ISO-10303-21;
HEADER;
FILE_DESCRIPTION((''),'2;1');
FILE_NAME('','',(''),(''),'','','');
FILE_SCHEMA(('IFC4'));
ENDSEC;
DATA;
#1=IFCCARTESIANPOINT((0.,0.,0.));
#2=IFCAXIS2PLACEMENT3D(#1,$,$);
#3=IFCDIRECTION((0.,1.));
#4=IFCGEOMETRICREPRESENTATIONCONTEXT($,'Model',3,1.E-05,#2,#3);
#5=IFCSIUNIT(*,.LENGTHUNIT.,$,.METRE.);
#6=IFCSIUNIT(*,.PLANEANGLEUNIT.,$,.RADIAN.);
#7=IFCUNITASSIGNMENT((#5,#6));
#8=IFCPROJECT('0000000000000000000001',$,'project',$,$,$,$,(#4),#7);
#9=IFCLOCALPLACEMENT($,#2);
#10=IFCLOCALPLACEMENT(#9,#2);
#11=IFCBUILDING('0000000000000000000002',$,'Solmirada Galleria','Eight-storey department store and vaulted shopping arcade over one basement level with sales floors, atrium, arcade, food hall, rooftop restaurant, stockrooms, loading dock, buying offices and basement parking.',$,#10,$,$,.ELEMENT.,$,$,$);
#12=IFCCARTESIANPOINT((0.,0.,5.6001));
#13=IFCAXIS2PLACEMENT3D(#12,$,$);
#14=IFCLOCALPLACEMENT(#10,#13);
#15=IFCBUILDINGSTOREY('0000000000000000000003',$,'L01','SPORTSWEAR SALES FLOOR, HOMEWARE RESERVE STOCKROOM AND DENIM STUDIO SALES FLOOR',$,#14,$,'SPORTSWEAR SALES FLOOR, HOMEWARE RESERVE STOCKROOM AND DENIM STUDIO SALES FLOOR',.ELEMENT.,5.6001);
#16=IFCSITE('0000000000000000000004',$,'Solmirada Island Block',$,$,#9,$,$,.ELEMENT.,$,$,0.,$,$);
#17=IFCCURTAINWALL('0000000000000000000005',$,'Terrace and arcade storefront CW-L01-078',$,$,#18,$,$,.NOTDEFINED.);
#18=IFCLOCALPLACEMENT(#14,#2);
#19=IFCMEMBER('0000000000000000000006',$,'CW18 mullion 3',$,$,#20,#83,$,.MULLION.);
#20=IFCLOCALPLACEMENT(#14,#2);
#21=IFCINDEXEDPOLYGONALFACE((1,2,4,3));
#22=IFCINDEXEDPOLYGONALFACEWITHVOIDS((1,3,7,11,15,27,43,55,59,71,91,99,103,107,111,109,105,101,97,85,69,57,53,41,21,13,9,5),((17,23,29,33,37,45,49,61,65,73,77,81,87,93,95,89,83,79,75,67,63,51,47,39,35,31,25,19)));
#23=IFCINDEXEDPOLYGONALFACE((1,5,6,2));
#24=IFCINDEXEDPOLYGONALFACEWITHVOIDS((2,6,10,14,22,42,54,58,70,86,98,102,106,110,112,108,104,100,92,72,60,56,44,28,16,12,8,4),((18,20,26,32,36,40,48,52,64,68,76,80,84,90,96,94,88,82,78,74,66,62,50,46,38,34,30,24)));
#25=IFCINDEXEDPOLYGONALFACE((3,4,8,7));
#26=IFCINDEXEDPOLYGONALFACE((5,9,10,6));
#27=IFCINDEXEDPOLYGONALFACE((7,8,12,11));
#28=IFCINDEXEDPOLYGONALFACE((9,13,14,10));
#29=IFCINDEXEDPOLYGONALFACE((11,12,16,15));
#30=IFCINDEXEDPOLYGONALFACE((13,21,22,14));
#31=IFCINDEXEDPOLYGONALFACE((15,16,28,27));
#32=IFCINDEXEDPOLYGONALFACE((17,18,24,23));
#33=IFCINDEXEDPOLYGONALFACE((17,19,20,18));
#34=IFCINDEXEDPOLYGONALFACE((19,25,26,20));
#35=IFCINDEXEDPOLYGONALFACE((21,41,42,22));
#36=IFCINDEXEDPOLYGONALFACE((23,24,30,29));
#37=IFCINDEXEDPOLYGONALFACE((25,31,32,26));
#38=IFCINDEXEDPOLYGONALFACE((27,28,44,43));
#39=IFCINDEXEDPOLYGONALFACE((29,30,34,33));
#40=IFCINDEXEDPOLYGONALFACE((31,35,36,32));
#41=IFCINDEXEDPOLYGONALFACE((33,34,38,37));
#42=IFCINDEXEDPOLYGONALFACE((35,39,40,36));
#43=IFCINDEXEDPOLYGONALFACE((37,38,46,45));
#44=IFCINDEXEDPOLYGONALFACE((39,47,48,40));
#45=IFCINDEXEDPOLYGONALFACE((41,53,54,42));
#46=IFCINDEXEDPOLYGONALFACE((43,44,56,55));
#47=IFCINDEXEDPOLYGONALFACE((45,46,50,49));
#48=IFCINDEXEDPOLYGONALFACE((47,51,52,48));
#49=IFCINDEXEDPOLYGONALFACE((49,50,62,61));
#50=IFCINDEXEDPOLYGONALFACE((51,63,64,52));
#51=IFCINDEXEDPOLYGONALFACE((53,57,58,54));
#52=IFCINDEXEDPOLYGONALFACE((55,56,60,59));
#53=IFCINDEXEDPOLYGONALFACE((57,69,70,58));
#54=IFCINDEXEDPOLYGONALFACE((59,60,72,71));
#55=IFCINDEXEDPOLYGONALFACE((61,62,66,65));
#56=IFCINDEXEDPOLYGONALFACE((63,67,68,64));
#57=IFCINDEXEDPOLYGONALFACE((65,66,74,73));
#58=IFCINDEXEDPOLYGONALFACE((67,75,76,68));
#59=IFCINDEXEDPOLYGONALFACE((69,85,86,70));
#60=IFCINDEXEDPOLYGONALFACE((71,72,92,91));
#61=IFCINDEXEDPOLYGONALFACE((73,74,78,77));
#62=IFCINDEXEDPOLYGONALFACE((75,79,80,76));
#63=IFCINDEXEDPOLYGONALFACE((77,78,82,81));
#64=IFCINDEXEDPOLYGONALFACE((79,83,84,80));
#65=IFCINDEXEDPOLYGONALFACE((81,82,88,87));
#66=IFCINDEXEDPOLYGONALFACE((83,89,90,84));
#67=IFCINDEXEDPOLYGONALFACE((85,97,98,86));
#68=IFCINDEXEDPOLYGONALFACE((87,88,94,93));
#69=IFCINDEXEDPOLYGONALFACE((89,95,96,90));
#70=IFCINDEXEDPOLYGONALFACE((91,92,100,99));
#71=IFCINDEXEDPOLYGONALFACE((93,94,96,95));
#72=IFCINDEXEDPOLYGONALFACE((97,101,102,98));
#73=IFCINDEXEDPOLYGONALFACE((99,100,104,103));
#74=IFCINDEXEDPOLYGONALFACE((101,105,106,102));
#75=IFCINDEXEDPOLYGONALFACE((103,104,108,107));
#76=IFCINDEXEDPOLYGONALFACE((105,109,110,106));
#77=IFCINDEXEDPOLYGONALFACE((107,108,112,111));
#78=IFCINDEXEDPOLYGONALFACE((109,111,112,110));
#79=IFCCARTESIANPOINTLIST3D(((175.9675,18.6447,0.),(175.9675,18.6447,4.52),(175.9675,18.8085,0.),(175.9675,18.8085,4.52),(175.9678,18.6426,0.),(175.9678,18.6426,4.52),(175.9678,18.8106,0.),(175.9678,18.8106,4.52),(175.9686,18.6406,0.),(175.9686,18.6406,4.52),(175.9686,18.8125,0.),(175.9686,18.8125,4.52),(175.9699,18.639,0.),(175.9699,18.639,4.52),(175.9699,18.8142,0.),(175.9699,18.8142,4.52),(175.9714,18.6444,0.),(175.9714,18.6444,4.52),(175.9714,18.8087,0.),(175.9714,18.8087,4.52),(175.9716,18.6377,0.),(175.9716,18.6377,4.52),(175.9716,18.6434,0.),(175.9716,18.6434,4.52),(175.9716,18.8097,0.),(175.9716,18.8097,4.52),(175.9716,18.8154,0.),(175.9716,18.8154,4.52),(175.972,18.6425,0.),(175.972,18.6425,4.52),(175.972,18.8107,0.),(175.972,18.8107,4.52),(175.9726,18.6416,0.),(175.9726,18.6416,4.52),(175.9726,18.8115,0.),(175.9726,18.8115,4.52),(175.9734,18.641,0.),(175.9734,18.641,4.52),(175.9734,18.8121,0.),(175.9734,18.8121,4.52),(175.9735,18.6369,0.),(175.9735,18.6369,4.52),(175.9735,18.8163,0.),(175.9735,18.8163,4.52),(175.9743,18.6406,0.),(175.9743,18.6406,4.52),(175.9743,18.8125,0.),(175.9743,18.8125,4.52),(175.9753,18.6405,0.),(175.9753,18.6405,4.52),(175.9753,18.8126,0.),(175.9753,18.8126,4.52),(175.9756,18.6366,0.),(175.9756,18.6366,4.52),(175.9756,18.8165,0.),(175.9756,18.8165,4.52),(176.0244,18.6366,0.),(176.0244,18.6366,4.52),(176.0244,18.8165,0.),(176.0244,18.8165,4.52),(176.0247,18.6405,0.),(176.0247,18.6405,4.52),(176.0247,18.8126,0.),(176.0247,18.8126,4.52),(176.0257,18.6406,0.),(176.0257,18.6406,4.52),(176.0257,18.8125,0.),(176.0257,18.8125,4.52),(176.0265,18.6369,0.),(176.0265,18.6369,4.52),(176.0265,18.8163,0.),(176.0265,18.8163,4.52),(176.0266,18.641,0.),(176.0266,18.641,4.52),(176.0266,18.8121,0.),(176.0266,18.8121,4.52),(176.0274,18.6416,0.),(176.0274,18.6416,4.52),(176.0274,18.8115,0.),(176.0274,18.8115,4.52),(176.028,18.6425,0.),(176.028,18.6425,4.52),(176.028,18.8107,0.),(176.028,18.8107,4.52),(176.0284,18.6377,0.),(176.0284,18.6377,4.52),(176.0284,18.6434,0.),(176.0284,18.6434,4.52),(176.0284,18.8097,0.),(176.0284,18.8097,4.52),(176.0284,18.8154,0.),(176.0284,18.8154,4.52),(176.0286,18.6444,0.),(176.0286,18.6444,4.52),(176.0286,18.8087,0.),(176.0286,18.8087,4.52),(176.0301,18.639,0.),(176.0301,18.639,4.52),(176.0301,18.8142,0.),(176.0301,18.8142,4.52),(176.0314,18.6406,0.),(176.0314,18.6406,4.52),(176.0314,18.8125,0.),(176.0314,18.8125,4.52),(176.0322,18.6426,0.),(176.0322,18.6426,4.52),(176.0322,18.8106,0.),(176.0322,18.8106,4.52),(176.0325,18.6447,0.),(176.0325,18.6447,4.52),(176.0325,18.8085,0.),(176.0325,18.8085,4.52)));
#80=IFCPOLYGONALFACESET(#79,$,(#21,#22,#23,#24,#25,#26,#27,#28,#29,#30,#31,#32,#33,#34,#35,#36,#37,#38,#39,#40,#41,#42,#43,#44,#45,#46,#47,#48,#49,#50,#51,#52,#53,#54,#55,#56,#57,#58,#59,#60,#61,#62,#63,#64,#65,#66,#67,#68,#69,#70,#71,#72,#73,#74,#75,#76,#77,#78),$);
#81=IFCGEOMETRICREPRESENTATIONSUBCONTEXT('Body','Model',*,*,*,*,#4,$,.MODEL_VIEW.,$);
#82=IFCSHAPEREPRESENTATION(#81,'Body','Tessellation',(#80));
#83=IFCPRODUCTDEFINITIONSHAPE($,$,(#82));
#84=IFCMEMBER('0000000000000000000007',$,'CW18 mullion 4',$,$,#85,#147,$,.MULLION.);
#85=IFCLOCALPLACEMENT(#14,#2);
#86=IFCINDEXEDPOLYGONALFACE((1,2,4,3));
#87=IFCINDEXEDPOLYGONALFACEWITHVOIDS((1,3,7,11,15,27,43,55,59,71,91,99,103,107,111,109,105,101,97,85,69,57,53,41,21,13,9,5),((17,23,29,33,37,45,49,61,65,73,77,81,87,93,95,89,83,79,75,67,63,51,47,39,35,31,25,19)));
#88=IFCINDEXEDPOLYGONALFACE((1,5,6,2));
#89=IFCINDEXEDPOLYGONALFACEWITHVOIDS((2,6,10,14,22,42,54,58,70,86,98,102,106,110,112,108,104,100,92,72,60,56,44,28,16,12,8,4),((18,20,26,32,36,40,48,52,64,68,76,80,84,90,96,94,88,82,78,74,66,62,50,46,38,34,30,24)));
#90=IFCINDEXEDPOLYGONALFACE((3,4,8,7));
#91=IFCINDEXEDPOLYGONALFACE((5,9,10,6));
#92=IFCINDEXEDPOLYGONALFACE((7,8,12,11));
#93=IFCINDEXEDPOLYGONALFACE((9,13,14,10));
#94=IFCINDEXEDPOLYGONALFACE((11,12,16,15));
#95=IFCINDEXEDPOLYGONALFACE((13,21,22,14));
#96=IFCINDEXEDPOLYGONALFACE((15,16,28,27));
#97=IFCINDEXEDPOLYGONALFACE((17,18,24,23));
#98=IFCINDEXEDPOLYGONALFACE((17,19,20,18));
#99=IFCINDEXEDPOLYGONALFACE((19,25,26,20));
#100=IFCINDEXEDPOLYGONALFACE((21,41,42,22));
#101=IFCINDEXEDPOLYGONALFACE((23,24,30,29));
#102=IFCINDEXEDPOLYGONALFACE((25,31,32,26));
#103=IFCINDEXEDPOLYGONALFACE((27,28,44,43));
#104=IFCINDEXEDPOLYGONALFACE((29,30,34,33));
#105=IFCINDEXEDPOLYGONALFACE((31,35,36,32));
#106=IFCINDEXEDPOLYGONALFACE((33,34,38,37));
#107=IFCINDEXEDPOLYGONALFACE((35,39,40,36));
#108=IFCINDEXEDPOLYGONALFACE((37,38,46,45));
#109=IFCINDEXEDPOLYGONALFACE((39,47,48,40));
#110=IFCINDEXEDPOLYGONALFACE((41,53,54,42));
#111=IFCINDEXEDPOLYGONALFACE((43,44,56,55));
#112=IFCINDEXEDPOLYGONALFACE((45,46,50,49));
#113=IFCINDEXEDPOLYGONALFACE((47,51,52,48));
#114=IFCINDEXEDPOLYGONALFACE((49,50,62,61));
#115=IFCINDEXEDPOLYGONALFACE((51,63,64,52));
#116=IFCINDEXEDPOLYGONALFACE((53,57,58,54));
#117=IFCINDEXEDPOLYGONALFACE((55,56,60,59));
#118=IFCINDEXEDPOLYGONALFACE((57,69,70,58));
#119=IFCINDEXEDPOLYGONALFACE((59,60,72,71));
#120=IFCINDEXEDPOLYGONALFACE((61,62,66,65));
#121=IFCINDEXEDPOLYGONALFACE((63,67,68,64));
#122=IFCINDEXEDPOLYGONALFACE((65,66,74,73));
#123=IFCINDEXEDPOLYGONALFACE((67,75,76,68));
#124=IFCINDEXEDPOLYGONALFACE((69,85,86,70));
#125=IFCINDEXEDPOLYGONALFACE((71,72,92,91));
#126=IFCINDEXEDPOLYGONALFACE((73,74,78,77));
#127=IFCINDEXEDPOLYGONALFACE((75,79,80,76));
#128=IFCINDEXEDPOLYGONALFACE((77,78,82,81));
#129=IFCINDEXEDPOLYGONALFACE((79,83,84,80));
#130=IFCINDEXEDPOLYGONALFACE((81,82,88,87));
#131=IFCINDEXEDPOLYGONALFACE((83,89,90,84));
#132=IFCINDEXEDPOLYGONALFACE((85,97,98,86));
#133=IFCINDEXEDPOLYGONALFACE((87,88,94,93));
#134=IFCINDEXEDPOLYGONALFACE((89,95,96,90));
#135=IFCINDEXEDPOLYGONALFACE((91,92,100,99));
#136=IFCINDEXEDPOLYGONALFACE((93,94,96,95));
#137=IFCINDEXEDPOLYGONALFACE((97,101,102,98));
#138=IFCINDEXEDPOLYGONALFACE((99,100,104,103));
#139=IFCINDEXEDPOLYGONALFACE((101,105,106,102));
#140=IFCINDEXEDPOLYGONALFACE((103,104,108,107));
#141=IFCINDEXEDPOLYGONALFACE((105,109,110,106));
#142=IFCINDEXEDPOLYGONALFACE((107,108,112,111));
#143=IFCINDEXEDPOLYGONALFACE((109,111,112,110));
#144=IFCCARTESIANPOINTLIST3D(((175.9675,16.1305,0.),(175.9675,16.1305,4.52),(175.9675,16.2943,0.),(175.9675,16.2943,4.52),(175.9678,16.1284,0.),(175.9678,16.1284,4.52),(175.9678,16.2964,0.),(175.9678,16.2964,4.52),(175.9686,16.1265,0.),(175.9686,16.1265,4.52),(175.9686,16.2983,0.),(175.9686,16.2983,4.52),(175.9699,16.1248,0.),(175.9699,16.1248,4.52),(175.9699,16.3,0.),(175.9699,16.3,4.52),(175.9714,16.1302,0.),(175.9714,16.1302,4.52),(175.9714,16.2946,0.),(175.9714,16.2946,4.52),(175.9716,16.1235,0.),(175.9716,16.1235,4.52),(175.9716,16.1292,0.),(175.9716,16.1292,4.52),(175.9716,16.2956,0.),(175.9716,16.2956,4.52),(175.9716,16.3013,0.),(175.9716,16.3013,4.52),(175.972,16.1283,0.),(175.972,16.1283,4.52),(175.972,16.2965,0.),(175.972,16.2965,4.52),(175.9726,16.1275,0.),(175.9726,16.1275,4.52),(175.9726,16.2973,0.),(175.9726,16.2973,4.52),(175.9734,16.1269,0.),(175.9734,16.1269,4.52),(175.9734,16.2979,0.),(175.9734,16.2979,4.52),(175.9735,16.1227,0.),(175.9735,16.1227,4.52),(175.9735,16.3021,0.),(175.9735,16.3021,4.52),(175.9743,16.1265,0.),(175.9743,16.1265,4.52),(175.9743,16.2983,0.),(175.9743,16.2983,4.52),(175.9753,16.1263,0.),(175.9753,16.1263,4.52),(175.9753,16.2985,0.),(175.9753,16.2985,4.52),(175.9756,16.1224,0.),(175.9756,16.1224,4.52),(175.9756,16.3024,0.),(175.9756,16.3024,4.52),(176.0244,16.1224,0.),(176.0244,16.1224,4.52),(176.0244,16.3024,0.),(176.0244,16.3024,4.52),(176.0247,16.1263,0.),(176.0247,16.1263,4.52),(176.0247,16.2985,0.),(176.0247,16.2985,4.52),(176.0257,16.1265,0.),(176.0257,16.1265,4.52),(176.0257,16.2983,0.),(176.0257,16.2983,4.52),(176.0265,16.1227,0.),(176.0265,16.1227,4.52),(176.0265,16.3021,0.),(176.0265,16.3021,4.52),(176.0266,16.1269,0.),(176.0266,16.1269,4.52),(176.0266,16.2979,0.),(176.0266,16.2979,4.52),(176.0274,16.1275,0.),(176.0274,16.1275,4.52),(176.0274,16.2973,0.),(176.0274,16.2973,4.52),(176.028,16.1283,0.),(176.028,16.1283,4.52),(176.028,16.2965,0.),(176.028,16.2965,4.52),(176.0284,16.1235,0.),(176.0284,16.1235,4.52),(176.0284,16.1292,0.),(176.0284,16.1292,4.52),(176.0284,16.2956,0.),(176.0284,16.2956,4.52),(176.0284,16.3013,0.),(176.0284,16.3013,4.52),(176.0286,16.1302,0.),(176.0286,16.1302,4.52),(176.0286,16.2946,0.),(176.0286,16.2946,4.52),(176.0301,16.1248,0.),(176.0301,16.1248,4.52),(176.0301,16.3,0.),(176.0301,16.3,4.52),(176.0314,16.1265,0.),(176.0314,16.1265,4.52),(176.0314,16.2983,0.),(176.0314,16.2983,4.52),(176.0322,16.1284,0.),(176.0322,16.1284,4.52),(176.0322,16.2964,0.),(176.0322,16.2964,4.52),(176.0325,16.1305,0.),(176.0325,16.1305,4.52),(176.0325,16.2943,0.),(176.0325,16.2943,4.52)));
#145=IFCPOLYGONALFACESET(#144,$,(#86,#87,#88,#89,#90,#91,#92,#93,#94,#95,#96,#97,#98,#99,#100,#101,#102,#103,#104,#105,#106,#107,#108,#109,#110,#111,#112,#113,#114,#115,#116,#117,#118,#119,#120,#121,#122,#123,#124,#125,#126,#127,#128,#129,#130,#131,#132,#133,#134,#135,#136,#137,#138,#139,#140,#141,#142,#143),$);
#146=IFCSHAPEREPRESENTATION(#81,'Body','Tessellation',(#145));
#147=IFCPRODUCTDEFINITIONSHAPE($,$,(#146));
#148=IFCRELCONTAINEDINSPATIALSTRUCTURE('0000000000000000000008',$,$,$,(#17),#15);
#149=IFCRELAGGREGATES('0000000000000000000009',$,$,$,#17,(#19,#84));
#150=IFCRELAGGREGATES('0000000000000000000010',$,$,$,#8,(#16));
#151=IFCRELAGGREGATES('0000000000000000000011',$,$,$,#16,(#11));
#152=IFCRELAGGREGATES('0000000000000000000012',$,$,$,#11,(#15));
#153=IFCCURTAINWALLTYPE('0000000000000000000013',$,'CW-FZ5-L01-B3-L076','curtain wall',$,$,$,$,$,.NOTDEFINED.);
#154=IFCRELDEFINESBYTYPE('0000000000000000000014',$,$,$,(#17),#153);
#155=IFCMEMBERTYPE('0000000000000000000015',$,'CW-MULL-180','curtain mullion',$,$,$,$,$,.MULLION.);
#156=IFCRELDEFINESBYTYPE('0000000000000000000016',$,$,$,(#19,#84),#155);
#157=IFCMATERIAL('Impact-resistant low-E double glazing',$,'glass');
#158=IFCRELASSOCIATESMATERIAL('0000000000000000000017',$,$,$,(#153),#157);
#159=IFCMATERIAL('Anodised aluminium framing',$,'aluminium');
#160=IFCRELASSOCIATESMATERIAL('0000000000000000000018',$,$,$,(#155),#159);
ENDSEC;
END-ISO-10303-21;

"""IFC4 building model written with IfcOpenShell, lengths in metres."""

from ifc_helpers import new_model, si_unit, direction, frame, origin, origin_2d, place, context, subcontext, project, spatial, hollow_rectangle, extrude, material, material_profile, profile_set, type_object, element, aggregate, save


model = new_model("IFC4")

# Units and contexts
model_context = context("Model", 3, precision=1e-05, world=origin(), true_north=direction((0.0, 1.0)))
body_context = subcontext(model_context, "Body", "Model", "MODEL_VIEW")
ifc_project = project(units=[si_unit("LENGTHUNIT", "METRE"), si_unit("PLANEANGLEUNIT", "RADIAN")], contexts=[model_context])

# Site, building, storey
site_placement = place(None, origin())
site = spatial("IfcSite", under=ifc_project, at=site_placement, Name="Solmirada Island Block", CompositionType="ELEMENT", RefElevation=0.0)
building_placement = place(site_placement, origin())
building = spatial("IfcBuilding", under=site, at=building_placement, Name="Solmirada Galleria", Description="Eight-storey department store and vaulted shopping arcade over one basement level with sales floors, atrium, arcade, food hall, rooftop restaurant, stockrooms, loading dock, buying offices and basement parking.", CompositionType="ELEMENT")
storey_placement = place(building_placement, frame((0.0, 0.0, 5.6001)))
storey = spatial("IfcBuildingStorey", under=building, at=storey_placement, Name="L01", Description="SPORTSWEAR SALES FLOOR, HOMEWARE RESERVE STOCKROOM AND DENIM STUDIO SALES FLOOR", LongName="SPORTSWEAR SALES FLOOR, HOMEWARE RESERVE STOCKROOM AND DENIM STUDIO SALES FLOOR", CompositionType="ELEMENT", Elevation=5.6001)

# Curtain wall, members
ifc_material_1 = material(Name="Impact-resistant low-E double glazing", Category="glass")
curtain_wall_type = type_object("IfcCurtainWallType", Name="CW-FZ5-L01-B3-L076", Description="curtain wall", PredefinedType="NOTDEFINED", material=ifc_material_1)
curtain_wall_1_placement = place(storey_placement, origin())
curtain_wall_1 = element("IfcCurtainWall", 1, at=curtain_wall_1_placement, inside=storey, type_object=curtain_wall_type, Name="Terrace and arcade storefront CW-L01-078", PredefinedType="NOTDEFINED")
ifc_material_2 = material(Name="Anodised aluminium framing", Category="aluminium")
ifc_material_profile_1 = material_profile(ifc_material_2, hollow_rectangle(XDim=0.0649, YDim=0.1799, WallThickness=0.0039, InnerFilletRadius=0.0039, OuterFilletRadius=0.0081, at=origin_2d()), Name="ALU-MULL-180X65")
ifc_profile_set_1 = profile_set([ifc_material_profile_1], Name="Anodised aluminium framing")
member_type_1 = type_object("IfcMemberType", Name="CW-MULL-180", Description="curtain mullion", PredefinedType="MULLION", material=ifc_profile_set_1)
member_1_placement = place(storey_placement, frame((176.0, 18.7266, 0.0), z_axis=(0.0, 0.0, 1.0), x_axis=(1.0, 0.0, 0.0)))
member_1 = element("IfcMember", 2, at=member_1_placement, type_object=member_type_1, Name="CW18 mullion 3", PredefinedType="MULLION", context=body_context, shape_type="SweptSolid", body=[
    extrude(hollow_rectangle(XDim=0.0649, YDim=0.1799, WallThickness=0.0039, InnerFilletRadius=0.0039, OuterFilletRadius=0.0081, at=origin_2d()), origin(), (0.0, 0.0, 1.0), 4.52),
])
member_2_placement = place(storey_placement, frame((176.0, 16.2124, 0.0), z_axis=(0.0, 0.0, 1.0), x_axis=(1.0, 0.0, 0.0)))
member_2 = element("IfcMember", 3, at=member_2_placement, type_object=member_type_1, Name="CW18 mullion 4", PredefinedType="MULLION", context=body_context, shape_type="SweptSolid", body=[
    extrude(hollow_rectangle(XDim=0.0649, YDim=0.1799, WallThickness=0.0039, InnerFilletRadius=0.0039, OuterFilletRadius=0.0081, at=origin_2d()), origin(), (0.0, 0.0, 1.0), 4.52),
])

aggregate(curtain_wall_1, [member_1, member_2])

save(model, "model.ifc")
